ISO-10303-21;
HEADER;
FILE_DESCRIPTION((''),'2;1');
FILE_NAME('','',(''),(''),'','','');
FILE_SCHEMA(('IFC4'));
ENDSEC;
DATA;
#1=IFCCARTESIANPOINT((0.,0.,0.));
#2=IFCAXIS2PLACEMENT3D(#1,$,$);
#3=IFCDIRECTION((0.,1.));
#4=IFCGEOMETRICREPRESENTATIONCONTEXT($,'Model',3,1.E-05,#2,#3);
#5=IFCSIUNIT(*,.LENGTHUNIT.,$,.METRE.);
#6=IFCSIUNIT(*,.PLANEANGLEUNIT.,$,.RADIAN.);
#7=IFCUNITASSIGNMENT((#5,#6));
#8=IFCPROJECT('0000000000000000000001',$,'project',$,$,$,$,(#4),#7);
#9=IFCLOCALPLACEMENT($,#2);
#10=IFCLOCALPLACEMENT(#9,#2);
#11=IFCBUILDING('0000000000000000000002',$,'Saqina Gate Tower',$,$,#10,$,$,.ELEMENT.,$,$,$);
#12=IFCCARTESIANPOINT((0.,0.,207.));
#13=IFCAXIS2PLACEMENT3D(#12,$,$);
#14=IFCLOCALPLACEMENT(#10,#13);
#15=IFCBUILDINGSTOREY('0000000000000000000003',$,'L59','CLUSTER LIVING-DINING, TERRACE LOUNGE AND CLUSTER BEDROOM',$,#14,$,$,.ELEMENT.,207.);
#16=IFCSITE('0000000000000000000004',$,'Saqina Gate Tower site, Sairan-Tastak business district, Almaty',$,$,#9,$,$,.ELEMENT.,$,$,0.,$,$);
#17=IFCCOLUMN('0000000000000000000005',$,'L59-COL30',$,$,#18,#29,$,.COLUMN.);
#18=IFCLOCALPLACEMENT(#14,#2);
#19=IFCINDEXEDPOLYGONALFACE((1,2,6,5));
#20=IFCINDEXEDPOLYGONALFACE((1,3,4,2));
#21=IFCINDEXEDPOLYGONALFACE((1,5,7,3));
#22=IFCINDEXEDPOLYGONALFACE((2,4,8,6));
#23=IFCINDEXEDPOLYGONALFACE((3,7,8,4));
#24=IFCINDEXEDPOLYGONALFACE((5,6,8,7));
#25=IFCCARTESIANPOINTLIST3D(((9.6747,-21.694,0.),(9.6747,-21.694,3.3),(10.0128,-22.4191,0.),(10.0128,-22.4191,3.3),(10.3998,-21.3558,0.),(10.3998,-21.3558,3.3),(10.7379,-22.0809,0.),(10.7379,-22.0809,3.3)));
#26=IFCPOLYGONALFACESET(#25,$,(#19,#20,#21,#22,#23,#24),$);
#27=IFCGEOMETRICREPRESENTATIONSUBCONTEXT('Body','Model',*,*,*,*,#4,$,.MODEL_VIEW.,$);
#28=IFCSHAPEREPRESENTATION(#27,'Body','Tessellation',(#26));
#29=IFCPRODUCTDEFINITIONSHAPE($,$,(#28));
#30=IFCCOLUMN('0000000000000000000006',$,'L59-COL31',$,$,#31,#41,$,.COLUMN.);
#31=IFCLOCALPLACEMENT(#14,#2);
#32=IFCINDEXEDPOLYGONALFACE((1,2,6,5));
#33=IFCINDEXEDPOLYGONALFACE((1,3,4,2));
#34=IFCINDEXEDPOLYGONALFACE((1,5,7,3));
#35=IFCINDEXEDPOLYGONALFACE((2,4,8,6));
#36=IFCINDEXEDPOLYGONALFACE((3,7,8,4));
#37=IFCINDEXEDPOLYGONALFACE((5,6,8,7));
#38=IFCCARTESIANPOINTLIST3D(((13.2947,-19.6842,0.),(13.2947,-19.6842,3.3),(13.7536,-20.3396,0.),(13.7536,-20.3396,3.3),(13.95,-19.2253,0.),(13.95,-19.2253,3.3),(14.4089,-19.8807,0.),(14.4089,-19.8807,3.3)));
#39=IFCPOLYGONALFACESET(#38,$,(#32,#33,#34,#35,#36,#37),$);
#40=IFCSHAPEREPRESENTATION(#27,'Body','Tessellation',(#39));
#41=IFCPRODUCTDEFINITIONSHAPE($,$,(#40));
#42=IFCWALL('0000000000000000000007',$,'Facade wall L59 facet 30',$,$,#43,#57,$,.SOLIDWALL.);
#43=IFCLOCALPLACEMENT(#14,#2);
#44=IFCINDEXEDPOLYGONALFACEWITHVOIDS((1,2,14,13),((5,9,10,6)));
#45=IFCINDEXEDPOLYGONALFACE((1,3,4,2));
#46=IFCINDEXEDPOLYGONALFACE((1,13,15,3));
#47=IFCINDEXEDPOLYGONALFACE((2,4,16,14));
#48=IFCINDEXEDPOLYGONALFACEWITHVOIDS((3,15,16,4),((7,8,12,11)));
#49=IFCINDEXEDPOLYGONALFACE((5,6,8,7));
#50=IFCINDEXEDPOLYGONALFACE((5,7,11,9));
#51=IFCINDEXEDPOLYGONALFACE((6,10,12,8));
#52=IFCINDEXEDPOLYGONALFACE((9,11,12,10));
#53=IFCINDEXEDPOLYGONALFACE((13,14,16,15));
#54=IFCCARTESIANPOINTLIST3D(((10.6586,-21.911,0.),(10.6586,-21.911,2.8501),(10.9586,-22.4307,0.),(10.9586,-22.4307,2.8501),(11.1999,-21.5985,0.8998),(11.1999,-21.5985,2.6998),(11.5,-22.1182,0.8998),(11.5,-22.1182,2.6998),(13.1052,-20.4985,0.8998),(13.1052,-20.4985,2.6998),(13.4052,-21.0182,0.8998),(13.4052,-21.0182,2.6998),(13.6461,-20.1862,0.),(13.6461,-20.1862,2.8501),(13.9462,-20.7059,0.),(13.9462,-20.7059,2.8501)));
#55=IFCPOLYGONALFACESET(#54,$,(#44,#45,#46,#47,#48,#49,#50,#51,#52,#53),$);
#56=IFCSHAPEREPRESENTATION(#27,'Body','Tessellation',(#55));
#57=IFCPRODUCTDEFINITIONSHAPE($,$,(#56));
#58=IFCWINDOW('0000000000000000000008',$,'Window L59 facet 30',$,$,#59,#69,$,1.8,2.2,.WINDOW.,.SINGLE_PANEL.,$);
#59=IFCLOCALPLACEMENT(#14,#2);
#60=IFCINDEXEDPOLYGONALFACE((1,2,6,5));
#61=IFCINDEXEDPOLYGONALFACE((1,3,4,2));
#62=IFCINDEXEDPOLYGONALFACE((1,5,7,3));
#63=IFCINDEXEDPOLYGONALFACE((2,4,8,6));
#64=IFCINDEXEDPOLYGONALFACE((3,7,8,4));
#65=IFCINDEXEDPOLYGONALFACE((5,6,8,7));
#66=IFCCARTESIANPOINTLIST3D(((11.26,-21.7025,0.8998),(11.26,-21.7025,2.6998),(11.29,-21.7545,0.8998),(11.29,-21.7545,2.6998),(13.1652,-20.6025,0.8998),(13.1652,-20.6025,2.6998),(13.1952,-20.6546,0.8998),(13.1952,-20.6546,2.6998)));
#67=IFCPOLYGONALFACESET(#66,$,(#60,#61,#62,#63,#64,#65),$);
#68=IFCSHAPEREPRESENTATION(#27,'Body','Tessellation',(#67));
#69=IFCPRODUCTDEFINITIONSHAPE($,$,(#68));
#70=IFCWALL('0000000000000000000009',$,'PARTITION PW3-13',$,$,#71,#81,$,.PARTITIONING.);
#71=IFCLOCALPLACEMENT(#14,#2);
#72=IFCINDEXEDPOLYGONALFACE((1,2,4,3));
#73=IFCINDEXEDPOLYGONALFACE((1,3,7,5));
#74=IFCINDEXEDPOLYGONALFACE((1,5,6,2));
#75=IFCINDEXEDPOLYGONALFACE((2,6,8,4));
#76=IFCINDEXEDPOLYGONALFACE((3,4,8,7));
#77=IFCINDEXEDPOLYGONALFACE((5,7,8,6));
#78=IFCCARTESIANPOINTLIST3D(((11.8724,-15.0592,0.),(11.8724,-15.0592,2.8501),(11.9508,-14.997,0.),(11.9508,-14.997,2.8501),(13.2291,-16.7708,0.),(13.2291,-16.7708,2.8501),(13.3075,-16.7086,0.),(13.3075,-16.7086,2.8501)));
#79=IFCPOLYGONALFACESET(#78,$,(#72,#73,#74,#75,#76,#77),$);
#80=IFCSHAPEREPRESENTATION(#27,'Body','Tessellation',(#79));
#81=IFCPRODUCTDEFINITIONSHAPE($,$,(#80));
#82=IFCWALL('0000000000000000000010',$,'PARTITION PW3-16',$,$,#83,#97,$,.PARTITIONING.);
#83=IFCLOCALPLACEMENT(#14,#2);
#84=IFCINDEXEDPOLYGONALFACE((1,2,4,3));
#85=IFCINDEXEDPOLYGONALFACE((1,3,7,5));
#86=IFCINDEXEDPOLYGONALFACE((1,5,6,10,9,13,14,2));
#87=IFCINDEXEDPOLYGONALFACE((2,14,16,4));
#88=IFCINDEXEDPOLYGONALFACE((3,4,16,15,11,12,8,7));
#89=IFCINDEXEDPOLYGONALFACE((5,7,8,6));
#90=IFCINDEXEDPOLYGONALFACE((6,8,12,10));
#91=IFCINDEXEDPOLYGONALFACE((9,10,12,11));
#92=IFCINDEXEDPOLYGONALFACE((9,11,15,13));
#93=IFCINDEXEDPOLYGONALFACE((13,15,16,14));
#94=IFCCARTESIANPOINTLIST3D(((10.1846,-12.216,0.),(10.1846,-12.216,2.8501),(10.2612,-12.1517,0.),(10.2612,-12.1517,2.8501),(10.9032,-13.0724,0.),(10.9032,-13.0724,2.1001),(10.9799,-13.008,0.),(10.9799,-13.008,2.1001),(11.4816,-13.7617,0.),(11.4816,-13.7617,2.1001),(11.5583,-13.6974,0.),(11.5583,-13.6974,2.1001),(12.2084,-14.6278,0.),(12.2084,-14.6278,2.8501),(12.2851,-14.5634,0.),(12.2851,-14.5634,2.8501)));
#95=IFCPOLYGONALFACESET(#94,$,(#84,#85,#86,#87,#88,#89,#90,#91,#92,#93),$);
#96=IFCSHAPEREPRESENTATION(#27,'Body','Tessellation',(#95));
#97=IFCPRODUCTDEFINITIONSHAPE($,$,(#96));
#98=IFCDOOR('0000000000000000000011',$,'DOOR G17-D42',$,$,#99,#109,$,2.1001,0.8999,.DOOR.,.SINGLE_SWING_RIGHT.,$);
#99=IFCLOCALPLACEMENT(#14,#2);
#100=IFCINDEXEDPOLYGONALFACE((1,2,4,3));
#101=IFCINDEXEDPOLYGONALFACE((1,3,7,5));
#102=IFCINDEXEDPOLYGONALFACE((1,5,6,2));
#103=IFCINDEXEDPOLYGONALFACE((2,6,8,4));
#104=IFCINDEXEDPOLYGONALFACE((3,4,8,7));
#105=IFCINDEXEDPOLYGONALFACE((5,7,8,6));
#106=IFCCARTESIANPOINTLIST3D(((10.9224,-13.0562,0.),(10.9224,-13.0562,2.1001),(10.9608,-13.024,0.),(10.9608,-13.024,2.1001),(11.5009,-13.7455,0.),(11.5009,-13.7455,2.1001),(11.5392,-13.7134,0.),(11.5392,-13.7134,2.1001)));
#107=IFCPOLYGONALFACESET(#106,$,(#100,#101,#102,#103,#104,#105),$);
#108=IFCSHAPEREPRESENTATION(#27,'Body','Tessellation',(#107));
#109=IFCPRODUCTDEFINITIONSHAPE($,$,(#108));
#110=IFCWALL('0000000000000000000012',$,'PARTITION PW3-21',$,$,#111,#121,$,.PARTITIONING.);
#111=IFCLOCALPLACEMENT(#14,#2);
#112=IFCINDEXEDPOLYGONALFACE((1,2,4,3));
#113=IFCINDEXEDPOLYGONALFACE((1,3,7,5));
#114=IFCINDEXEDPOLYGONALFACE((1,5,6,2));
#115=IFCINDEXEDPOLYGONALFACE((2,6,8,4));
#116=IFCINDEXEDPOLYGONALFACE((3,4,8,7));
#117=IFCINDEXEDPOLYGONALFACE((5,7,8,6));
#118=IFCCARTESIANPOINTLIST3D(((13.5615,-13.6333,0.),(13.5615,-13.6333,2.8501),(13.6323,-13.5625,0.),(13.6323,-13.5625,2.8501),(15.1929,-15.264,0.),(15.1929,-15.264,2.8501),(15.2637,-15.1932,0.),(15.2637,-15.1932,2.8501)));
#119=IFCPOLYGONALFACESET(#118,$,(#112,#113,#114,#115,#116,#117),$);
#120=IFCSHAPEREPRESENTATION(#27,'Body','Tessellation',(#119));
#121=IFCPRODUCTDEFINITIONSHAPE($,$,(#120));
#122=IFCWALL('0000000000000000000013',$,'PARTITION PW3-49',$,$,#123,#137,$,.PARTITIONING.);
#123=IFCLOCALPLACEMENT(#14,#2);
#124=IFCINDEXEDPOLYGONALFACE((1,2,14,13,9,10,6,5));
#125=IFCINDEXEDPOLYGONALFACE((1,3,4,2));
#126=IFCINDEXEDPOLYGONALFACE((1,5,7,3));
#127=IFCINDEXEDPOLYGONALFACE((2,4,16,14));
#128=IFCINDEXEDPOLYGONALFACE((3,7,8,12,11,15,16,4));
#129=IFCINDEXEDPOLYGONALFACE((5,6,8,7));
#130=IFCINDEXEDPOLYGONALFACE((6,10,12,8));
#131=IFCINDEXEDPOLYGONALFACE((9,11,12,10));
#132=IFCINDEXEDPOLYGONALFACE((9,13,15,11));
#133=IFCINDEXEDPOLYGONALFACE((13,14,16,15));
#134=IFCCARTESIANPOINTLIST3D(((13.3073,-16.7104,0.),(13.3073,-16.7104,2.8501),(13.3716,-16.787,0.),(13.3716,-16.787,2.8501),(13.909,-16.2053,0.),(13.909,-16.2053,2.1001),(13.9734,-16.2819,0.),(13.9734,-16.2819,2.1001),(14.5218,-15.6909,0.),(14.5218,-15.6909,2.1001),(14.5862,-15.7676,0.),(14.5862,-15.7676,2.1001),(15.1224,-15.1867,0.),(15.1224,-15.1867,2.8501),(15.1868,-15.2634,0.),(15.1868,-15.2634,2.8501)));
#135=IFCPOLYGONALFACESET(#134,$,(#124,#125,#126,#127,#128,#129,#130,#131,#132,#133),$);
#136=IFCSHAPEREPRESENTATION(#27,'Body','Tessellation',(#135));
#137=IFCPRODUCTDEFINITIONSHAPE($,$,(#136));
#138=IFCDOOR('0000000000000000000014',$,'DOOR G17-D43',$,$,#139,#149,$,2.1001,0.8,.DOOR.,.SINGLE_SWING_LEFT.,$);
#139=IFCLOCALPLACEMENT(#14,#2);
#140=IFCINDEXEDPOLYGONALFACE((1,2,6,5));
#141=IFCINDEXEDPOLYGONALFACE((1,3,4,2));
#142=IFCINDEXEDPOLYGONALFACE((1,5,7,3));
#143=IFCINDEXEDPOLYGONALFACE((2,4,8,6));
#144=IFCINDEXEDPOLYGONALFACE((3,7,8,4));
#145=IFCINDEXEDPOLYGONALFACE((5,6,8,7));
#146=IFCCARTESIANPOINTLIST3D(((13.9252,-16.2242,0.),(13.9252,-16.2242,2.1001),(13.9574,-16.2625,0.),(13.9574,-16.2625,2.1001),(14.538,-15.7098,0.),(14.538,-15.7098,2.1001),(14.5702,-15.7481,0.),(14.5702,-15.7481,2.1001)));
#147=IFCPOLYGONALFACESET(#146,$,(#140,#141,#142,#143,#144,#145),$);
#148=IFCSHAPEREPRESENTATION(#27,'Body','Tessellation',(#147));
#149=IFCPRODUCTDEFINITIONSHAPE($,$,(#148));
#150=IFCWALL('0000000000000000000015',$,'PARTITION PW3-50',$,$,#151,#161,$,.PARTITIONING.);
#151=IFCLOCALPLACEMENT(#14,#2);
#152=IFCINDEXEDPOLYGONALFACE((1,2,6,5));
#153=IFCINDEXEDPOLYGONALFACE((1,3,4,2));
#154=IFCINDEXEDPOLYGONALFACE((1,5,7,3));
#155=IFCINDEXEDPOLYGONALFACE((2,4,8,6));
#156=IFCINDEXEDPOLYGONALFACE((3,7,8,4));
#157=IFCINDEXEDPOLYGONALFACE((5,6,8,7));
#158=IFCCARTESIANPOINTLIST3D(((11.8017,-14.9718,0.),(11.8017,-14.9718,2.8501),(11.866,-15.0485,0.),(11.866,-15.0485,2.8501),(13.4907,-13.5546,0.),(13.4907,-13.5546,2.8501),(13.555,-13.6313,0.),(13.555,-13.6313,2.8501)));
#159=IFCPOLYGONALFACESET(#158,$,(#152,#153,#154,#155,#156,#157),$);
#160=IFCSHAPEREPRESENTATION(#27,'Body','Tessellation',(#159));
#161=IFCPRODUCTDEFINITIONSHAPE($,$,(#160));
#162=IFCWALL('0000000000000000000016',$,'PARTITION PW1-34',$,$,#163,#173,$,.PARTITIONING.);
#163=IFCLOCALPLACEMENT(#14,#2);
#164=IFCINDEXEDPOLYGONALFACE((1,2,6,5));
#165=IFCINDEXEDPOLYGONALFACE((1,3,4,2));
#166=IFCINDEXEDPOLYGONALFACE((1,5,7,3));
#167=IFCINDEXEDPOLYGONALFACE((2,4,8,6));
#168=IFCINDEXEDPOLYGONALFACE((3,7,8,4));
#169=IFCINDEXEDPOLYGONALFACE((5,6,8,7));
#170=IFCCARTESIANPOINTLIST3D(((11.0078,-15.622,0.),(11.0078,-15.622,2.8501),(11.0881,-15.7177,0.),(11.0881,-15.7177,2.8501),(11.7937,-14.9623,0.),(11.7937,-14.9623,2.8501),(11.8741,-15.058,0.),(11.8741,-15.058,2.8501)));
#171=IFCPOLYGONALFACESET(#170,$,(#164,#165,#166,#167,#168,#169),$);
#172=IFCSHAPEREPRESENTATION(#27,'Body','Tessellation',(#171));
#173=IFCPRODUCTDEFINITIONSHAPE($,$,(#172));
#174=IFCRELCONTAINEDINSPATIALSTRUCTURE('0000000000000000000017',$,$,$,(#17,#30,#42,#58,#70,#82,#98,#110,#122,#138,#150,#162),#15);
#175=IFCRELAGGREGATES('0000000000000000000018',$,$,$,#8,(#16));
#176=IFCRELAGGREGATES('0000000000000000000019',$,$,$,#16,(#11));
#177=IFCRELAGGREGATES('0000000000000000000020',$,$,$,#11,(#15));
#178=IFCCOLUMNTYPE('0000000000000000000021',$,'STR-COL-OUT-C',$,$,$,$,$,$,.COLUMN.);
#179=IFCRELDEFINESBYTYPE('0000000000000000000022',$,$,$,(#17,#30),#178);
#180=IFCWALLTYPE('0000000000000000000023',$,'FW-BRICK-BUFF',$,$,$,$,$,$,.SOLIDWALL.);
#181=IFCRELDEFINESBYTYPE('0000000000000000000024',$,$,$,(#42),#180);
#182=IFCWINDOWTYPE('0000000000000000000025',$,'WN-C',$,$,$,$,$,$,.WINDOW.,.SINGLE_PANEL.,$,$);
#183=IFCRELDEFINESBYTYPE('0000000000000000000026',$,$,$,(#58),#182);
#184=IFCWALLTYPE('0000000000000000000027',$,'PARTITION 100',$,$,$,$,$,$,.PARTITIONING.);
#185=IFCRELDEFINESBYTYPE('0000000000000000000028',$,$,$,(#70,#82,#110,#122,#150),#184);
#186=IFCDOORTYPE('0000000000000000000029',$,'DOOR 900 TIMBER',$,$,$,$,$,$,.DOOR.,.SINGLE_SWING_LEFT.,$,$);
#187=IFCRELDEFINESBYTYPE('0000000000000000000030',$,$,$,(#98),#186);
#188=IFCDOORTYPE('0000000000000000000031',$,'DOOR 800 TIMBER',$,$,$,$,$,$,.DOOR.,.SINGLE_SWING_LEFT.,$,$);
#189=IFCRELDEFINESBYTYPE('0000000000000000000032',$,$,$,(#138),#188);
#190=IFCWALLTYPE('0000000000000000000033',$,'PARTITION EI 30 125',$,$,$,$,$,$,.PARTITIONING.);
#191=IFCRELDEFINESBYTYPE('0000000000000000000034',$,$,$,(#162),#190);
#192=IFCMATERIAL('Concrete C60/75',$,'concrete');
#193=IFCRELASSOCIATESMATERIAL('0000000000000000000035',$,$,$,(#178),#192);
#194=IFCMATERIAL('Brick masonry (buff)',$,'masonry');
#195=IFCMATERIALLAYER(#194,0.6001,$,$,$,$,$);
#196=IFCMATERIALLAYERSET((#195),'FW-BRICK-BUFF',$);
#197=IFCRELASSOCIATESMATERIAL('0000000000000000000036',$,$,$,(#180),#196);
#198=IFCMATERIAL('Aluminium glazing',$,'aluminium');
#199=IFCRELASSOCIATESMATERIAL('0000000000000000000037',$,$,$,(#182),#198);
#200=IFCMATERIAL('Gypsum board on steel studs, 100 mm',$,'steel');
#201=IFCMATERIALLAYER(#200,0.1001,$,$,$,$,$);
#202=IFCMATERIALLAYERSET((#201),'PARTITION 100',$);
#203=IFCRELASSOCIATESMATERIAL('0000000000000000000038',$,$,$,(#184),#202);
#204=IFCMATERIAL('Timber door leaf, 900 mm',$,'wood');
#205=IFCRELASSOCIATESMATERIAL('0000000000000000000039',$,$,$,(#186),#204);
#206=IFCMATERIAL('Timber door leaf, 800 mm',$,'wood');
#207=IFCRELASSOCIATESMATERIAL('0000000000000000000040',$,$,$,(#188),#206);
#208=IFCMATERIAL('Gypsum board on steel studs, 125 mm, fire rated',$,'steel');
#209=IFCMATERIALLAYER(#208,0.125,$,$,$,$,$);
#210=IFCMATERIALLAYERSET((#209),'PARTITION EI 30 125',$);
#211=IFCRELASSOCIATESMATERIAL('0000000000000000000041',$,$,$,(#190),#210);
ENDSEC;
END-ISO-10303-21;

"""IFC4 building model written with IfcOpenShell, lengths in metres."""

from ifc_helpers import new_model, si_unit, direction, frame, frame_2d, origin, origin_2d, place, context, subcontext, project, spatial, rectangle, extrude, material, layer, layer_set, material_profile, profile_set, type_object, element, fill, save


model = new_model("IFC4")

# Units and contexts
model_context = context("Model", 3, precision=1e-05, world=origin(), true_north=direction((0.0, 1.0)))
body_context = subcontext(model_context, "Body", "Model", "MODEL_VIEW")
ifc_project = project(units=[si_unit("LENGTHUNIT", "METRE"), si_unit("PLANEANGLEUNIT", "RADIAN")], contexts=[model_context])

# Site, building, storey
site_placement = place(None, origin())
site = spatial("IfcSite", under=ifc_project, at=site_placement, Name="Saqina Gate Tower site, Sairan-Tastak business district, Almaty", CompositionType="ELEMENT", RefElevation=0.0)
building_placement = place(site_placement, origin())
building = spatial("IfcBuilding", under=site, at=building_placement, Name="Saqina Gate Tower", CompositionType="ELEMENT")
storey_placement = place(building_placement, frame((0.0, 0.0, 207.0)))
storey = spatial("IfcBuildingStorey", under=building, at=storey_placement, Name="L59", Description="CLUSTER LIVING-DINING, TERRACE LOUNGE AND CLUSTER BEDROOM", CompositionType="ELEMENT", Elevation=207.0)

# Columns
ifc_material_1 = material(Name="Concrete C60/75", Category="concrete")
ifc_material_profile = material_profile(ifc_material_1, rectangle(XDim=0.8, YDim=0.8, at=origin_2d()), Name="RC 800x800")
ifc_profile_set = profile_set([ifc_material_profile], Name="Concrete C60/75")
column_type = type_object("IfcColumnType", Name="STR-COL-OUT-C", PredefinedType="COLUMN", material=ifc_profile_set)
for number, where, z_axis, x_axis, name in (
    (1, (10.2063, -21.8875, 0.0), (0.0, 0.0, 1.0), (0.422618, -0.906308, 0.0), "L59-COL30"),
    (2, (13.8518, -19.7825, 0.0), (0.0, 0.0, 1.0), (0.573576, -0.819152, 0.0), "L59-COL31"),
):
    element("IfcColumn", number, at=place(storey_placement, frame(where, z_axis=z_axis, x_axis=x_axis)), inside=storey, type_object=column_type, Name=name, PredefinedType="COLUMN", context=body_context, shape_type="SweptSolid", body=[
        extrude(rectangle(XDim=0.8, YDim=0.8, at=origin_2d()), origin(), (0.0, 0.0, 1.0), 3.3),
    ])

# Wall, opening, window
ifc_material_2 = material(Name="Brick masonry (buff)", Category="masonry")
ifc_layer_1 = layer(ifc_material_2, 0.6001)
ifc_layer_set_1 = layer_set([ifc_layer_1], Name="FW-BRICK-BUFF")
wall_type_1 = type_object("IfcWallType", Name="FW-BRICK-BUFF", PredefinedType="SOLIDWALL", material=ifc_layer_set_1)
wall_1_placement = place(storey_placement, frame((10.8086, -22.1709, 0.0), z_axis=(0.0, 0.0, 1.0), x_axis=(0.866026, 0.499998, 0.0)))
wall_1 = element("IfcWall", 3, at=wall_1_placement, inside=storey, type_object=wall_type_1, Name="Facade wall L59 facet 30", PredefinedType="SOLIDWALL", context=body_context, shape_type="SweptSolid", body=[
    extrude(rectangle(XDim=3.4497, YDim=0.6001, at=frame_2d((1.7249, 0.0))), origin(), (0.0, 0.0, 1.0), 2.8501),
])
opening_1_placement = place(wall_1_placement, frame((0.625, 0.0, 0.8999)))
opening_1 = element("IfcOpeningElement", 4, at=opening_1_placement, cuts=wall_1, PredefinedType="OPENING", context=body_context, shape_type="SweptSolid", body=[
    extrude(rectangle(XDim=2.2, YDim=1.8, at=frame_2d((1.1001, 0.8999))), frame((0.0, 0.312, 0.0), z_axis=(0.0, -1.0, 0.0), x_axis=(1.0, 0.0, 0.0)), (0.0, 0.0, 1.0), 0.624),
])
ifc_material_3 = material(Name="Aluminium glazing", Category="aluminium")
window_type = type_object("IfcWindowType", Name="WN-C", PartitioningType="SINGLE_PANEL", PredefinedType="WINDOW", material=ifc_material_3)
window_placement = place(opening_1_placement, origin())
window = element("IfcWindow", 5, at=window_placement, inside=storey, type_object=window_type, Name="Window L59 facet 30", OverallHeight=1.8, OverallWidth=2.2, PartitioningType="SINGLE_PANEL", PredefinedType="WINDOW", context=body_context, shape_type="SweptSolid", body=[
    extrude(rectangle(XDim=2.2, YDim=1.8, at=frame_2d((1.1001, 0.8999))), frame((0.0, 0.1799, 0.0), z_axis=(0.0, -1.0, 0.0), x_axis=(1.0, 0.0, 0.0)), (0.0, 0.0, 1.0), 0.0601),
])
fill(opening_1, window)

# Wall
ifc_material_4 = material(Name="Gypsum board on steel studs, 100 mm", Category="steel")
ifc_layer_2 = layer(ifc_material_4, 0.1001)
ifc_layer_set_2 = layer_set([ifc_layer_2], Name="PARTITION 100")
wall_type_2 = type_object("IfcWallType", Name="PARTITION 100", PredefinedType="PARTITIONING", material=ifc_layer_set_2)
wall_2_placement = place(storey_placement, frame((11.9116, -15.0281, 0.0), z_axis=(0.0, 0.0, 1.0), x_axis=(0.621158, -0.783685, 0.0)))
element("IfcWall", 6, at=wall_2_placement, inside=storey, type_object=wall_type_2, Name="PARTITION PW3-13", PredefinedType="PARTITIONING", context=body_context, shape_type="SweptSolid", body=[
    extrude(rectangle(XDim=2.1841, YDim=0.1001, at=frame_2d((1.092, 0.0))), origin(), (0.0, 0.0, 1.0), 2.8501),
])

# Wall, opening, door
wall_3_placement = place(storey_placement, frame((10.2229, -12.1838, 0.0), z_axis=(0.0, 0.0, 1.0), x_axis=(0.642812, -0.766024, 0.0)))
wall_3 = element("IfcWall", 7, at=wall_3_placement, inside=storey, type_object=wall_type_2, Name="PARTITION PW3-16", PredefinedType="PARTITIONING", context=body_context, shape_type="SweptSolid", body=[
    extrude(rectangle(XDim=3.1484, YDim=0.1001, at=frame_2d((1.5742, 0.0))), origin(), (0.0, 0.0, 1.0), 2.8501),
])
opening_2_placement = place(wall_3_placement, frame((1.1179, 0.0, 0.0)))
opening_2 = element("IfcOpeningElement", 8, at=opening_2_placement, cuts=wall_3, PredefinedType="OPENING", context=body_context, shape_type="SweptSolid", body=[
    extrude(rectangle(XDim=0.8999, YDim=2.1001, at=frame_2d((0.45, 1.05))), frame((0.0, 0.062, 0.0), z_axis=(0.0, -1.0, 0.0), x_axis=(1.0, 0.0, 0.0)), (0.0, 0.0, 1.0), 0.124),
])
ifc_material_5 = material(Name="Timber door leaf, 900 mm", Category="wood")
door_type_1 = type_object("IfcDoorType", Name="DOOR 900 TIMBER", OperationType="SINGLE_SWING_LEFT", PredefinedType="DOOR", material=ifc_material_5)
door_1_placement = place(opening_2_placement, frame((0.8999, 0.0, 0.0), z_axis=(0.0, 0.0, 1.0), x_axis=(-1.0, 0.0, 0.0)))
door_1 = element("IfcDoor", 9, at=door_1_placement, inside=storey, type_object=door_type_1, Name="DOOR G17-D42", OperationType="SINGLE_SWING_RIGHT", OverallHeight=2.1001, OverallWidth=0.8999, PredefinedType="DOOR", context=body_context, shape_type="SweptSolid", body=[
    extrude(rectangle(XDim=0.8999, YDim=2.1001, at=frame_2d((0.45, 1.05))), frame((0.0, 0.0249, 0.0), z_axis=(0.0, -1.0, 0.0), x_axis=(1.0, 0.0, 0.0)), (0.0, 0.0, 1.0), 0.05),
])
fill(opening_2, door_1)

# Wall
wall_4_placement = place(storey_placement, frame((13.5969, -13.5979, 0.0), z_axis=(0.0, 0.0, 1.0), x_axis=(0.707266, -0.706948, 0.0)))
element("IfcWall", 10, at=wall_4_placement, inside=storey, type_object=wall_type_2, Name="PARTITION PW3-21", PredefinedType="PARTITIONING", context=body_context, shape_type="SweptSolid", body=[
    extrude(rectangle(XDim=2.3066, YDim=0.1001, at=frame_2d((1.1533, 0.0))), origin(), (0.0, 0.0, 1.0), 2.8501),
])

# Wall, opening, door
wall_5_placement = place(storey_placement, frame((13.3394, -16.7488, 0.0), z_axis=(0.0, 0.0, 1.0), x_axis=(0.765928, 0.642926, 0.0)))
wall_5 = element("IfcWall", 11, at=wall_5_placement, inside=storey, type_object=wall_type_2, Name="PARTITION PW3-49", PredefinedType="PARTITIONING", context=body_context, shape_type="SweptSolid", body=[
    extrude(rectangle(XDim=2.3699, YDim=0.1001, at=frame_2d((1.1851, 0.0))), origin(), (0.0, 0.0, 1.0), 2.8501),
])
opening_3_placement = place(wall_5_placement, frame((0.7859, 0.0, 0.0)))
opening_3 = element("IfcOpeningElement", 12, at=opening_3_placement, cuts=wall_5, PredefinedType="OPENING", context=body_context, shape_type="SweptSolid", body=[
    extrude(rectangle(XDim=0.8, YDim=2.1001, at=frame_2d((0.3999, 1.05))), frame((0.0, 0.062, 0.0), z_axis=(0.0, -1.0, 0.0), x_axis=(1.0, 0.0, 0.0)), (0.0, 0.0, 1.0), 0.124),
])
ifc_material_6 = material(Name="Timber door leaf, 800 mm", Category="wood")
door_type_2 = type_object("IfcDoorType", Name="DOOR 800 TIMBER", OperationType="SINGLE_SWING_LEFT", PredefinedType="DOOR", material=ifc_material_6)
door_2_placement = place(opening_3_placement, frame((0.8, 0.0, 0.0), z_axis=(0.0, 0.0, 1.0), x_axis=(-1.0, 0.0, 0.0)))
door_2 = element("IfcDoor", 13, at=door_2_placement, inside=storey, type_object=door_type_2, Name="DOOR G17-D43", OperationType="SINGLE_SWING_LEFT", OverallHeight=2.1001, OverallWidth=0.8, PredefinedType="DOOR", context=body_context, shape_type="SweptSolid", body=[
    extrude(rectangle(XDim=0.8, YDim=2.1001, at=frame_2d((0.3999, 1.05))), frame((0.0, 0.0249, 0.0), z_axis=(0.0, -1.0, 0.0), x_axis=(1.0, 0.0, 0.0)), (0.0, 0.0, 1.0), 0.05),
])
fill(opening_3, door_2)

# Walls
wall_6_placement = place(storey_placement, frame((11.8337, -15.0103, 0.0), z_axis=(0.0, 0.0, 1.0), x_axis=(0.766039, 0.642795, 0.0)))
element("IfcWall", 14, at=wall_6_placement, inside=storey, type_object=wall_type_2, Name="PARTITION PW3-50", PredefinedType="PARTITIONING", context=body_context, shape_type="SweptSolid", body=[
    extrude(rectangle(XDim=2.2048, YDim=0.1001, at=frame_2d((1.1025, 0.0))), origin(), (0.0, 0.0, 1.0), 2.8501),
])
ifc_material_7 = material(Name="Gypsum board on steel studs, 125 mm, fire rated", Category="steel")
ifc_layer_3 = layer(ifc_material_7, 0.125)
ifc_layer_set_3 = layer_set([ifc_layer_3], Name="PARTITION EI 30 125")
wall_type_3 = type_object("IfcWallType", Name="PARTITION EI 30 125", PredefinedType="PARTITIONING", material=ifc_layer_set_3)
wall_7_placement = place(storey_placement, frame((11.0479, -15.6699, 0.0), z_axis=(0.0, 0.0, 1.0), x_axis=(0.765934, 0.642919, 0.0)))
element("IfcWall", 15, at=wall_7_placement, inside=storey, type_object=wall_type_3, Name="PARTITION PW1-34", PredefinedType="PARTITIONING", context=body_context, shape_type="SweptSolid", body=[
    extrude(rectangle(XDim=1.0261, YDim=0.125, at=frame_2d((0.5132, 0.0))), origin(), (0.0, 0.0, 1.0), 2.8501),
])

save(model, "model.ifc")
